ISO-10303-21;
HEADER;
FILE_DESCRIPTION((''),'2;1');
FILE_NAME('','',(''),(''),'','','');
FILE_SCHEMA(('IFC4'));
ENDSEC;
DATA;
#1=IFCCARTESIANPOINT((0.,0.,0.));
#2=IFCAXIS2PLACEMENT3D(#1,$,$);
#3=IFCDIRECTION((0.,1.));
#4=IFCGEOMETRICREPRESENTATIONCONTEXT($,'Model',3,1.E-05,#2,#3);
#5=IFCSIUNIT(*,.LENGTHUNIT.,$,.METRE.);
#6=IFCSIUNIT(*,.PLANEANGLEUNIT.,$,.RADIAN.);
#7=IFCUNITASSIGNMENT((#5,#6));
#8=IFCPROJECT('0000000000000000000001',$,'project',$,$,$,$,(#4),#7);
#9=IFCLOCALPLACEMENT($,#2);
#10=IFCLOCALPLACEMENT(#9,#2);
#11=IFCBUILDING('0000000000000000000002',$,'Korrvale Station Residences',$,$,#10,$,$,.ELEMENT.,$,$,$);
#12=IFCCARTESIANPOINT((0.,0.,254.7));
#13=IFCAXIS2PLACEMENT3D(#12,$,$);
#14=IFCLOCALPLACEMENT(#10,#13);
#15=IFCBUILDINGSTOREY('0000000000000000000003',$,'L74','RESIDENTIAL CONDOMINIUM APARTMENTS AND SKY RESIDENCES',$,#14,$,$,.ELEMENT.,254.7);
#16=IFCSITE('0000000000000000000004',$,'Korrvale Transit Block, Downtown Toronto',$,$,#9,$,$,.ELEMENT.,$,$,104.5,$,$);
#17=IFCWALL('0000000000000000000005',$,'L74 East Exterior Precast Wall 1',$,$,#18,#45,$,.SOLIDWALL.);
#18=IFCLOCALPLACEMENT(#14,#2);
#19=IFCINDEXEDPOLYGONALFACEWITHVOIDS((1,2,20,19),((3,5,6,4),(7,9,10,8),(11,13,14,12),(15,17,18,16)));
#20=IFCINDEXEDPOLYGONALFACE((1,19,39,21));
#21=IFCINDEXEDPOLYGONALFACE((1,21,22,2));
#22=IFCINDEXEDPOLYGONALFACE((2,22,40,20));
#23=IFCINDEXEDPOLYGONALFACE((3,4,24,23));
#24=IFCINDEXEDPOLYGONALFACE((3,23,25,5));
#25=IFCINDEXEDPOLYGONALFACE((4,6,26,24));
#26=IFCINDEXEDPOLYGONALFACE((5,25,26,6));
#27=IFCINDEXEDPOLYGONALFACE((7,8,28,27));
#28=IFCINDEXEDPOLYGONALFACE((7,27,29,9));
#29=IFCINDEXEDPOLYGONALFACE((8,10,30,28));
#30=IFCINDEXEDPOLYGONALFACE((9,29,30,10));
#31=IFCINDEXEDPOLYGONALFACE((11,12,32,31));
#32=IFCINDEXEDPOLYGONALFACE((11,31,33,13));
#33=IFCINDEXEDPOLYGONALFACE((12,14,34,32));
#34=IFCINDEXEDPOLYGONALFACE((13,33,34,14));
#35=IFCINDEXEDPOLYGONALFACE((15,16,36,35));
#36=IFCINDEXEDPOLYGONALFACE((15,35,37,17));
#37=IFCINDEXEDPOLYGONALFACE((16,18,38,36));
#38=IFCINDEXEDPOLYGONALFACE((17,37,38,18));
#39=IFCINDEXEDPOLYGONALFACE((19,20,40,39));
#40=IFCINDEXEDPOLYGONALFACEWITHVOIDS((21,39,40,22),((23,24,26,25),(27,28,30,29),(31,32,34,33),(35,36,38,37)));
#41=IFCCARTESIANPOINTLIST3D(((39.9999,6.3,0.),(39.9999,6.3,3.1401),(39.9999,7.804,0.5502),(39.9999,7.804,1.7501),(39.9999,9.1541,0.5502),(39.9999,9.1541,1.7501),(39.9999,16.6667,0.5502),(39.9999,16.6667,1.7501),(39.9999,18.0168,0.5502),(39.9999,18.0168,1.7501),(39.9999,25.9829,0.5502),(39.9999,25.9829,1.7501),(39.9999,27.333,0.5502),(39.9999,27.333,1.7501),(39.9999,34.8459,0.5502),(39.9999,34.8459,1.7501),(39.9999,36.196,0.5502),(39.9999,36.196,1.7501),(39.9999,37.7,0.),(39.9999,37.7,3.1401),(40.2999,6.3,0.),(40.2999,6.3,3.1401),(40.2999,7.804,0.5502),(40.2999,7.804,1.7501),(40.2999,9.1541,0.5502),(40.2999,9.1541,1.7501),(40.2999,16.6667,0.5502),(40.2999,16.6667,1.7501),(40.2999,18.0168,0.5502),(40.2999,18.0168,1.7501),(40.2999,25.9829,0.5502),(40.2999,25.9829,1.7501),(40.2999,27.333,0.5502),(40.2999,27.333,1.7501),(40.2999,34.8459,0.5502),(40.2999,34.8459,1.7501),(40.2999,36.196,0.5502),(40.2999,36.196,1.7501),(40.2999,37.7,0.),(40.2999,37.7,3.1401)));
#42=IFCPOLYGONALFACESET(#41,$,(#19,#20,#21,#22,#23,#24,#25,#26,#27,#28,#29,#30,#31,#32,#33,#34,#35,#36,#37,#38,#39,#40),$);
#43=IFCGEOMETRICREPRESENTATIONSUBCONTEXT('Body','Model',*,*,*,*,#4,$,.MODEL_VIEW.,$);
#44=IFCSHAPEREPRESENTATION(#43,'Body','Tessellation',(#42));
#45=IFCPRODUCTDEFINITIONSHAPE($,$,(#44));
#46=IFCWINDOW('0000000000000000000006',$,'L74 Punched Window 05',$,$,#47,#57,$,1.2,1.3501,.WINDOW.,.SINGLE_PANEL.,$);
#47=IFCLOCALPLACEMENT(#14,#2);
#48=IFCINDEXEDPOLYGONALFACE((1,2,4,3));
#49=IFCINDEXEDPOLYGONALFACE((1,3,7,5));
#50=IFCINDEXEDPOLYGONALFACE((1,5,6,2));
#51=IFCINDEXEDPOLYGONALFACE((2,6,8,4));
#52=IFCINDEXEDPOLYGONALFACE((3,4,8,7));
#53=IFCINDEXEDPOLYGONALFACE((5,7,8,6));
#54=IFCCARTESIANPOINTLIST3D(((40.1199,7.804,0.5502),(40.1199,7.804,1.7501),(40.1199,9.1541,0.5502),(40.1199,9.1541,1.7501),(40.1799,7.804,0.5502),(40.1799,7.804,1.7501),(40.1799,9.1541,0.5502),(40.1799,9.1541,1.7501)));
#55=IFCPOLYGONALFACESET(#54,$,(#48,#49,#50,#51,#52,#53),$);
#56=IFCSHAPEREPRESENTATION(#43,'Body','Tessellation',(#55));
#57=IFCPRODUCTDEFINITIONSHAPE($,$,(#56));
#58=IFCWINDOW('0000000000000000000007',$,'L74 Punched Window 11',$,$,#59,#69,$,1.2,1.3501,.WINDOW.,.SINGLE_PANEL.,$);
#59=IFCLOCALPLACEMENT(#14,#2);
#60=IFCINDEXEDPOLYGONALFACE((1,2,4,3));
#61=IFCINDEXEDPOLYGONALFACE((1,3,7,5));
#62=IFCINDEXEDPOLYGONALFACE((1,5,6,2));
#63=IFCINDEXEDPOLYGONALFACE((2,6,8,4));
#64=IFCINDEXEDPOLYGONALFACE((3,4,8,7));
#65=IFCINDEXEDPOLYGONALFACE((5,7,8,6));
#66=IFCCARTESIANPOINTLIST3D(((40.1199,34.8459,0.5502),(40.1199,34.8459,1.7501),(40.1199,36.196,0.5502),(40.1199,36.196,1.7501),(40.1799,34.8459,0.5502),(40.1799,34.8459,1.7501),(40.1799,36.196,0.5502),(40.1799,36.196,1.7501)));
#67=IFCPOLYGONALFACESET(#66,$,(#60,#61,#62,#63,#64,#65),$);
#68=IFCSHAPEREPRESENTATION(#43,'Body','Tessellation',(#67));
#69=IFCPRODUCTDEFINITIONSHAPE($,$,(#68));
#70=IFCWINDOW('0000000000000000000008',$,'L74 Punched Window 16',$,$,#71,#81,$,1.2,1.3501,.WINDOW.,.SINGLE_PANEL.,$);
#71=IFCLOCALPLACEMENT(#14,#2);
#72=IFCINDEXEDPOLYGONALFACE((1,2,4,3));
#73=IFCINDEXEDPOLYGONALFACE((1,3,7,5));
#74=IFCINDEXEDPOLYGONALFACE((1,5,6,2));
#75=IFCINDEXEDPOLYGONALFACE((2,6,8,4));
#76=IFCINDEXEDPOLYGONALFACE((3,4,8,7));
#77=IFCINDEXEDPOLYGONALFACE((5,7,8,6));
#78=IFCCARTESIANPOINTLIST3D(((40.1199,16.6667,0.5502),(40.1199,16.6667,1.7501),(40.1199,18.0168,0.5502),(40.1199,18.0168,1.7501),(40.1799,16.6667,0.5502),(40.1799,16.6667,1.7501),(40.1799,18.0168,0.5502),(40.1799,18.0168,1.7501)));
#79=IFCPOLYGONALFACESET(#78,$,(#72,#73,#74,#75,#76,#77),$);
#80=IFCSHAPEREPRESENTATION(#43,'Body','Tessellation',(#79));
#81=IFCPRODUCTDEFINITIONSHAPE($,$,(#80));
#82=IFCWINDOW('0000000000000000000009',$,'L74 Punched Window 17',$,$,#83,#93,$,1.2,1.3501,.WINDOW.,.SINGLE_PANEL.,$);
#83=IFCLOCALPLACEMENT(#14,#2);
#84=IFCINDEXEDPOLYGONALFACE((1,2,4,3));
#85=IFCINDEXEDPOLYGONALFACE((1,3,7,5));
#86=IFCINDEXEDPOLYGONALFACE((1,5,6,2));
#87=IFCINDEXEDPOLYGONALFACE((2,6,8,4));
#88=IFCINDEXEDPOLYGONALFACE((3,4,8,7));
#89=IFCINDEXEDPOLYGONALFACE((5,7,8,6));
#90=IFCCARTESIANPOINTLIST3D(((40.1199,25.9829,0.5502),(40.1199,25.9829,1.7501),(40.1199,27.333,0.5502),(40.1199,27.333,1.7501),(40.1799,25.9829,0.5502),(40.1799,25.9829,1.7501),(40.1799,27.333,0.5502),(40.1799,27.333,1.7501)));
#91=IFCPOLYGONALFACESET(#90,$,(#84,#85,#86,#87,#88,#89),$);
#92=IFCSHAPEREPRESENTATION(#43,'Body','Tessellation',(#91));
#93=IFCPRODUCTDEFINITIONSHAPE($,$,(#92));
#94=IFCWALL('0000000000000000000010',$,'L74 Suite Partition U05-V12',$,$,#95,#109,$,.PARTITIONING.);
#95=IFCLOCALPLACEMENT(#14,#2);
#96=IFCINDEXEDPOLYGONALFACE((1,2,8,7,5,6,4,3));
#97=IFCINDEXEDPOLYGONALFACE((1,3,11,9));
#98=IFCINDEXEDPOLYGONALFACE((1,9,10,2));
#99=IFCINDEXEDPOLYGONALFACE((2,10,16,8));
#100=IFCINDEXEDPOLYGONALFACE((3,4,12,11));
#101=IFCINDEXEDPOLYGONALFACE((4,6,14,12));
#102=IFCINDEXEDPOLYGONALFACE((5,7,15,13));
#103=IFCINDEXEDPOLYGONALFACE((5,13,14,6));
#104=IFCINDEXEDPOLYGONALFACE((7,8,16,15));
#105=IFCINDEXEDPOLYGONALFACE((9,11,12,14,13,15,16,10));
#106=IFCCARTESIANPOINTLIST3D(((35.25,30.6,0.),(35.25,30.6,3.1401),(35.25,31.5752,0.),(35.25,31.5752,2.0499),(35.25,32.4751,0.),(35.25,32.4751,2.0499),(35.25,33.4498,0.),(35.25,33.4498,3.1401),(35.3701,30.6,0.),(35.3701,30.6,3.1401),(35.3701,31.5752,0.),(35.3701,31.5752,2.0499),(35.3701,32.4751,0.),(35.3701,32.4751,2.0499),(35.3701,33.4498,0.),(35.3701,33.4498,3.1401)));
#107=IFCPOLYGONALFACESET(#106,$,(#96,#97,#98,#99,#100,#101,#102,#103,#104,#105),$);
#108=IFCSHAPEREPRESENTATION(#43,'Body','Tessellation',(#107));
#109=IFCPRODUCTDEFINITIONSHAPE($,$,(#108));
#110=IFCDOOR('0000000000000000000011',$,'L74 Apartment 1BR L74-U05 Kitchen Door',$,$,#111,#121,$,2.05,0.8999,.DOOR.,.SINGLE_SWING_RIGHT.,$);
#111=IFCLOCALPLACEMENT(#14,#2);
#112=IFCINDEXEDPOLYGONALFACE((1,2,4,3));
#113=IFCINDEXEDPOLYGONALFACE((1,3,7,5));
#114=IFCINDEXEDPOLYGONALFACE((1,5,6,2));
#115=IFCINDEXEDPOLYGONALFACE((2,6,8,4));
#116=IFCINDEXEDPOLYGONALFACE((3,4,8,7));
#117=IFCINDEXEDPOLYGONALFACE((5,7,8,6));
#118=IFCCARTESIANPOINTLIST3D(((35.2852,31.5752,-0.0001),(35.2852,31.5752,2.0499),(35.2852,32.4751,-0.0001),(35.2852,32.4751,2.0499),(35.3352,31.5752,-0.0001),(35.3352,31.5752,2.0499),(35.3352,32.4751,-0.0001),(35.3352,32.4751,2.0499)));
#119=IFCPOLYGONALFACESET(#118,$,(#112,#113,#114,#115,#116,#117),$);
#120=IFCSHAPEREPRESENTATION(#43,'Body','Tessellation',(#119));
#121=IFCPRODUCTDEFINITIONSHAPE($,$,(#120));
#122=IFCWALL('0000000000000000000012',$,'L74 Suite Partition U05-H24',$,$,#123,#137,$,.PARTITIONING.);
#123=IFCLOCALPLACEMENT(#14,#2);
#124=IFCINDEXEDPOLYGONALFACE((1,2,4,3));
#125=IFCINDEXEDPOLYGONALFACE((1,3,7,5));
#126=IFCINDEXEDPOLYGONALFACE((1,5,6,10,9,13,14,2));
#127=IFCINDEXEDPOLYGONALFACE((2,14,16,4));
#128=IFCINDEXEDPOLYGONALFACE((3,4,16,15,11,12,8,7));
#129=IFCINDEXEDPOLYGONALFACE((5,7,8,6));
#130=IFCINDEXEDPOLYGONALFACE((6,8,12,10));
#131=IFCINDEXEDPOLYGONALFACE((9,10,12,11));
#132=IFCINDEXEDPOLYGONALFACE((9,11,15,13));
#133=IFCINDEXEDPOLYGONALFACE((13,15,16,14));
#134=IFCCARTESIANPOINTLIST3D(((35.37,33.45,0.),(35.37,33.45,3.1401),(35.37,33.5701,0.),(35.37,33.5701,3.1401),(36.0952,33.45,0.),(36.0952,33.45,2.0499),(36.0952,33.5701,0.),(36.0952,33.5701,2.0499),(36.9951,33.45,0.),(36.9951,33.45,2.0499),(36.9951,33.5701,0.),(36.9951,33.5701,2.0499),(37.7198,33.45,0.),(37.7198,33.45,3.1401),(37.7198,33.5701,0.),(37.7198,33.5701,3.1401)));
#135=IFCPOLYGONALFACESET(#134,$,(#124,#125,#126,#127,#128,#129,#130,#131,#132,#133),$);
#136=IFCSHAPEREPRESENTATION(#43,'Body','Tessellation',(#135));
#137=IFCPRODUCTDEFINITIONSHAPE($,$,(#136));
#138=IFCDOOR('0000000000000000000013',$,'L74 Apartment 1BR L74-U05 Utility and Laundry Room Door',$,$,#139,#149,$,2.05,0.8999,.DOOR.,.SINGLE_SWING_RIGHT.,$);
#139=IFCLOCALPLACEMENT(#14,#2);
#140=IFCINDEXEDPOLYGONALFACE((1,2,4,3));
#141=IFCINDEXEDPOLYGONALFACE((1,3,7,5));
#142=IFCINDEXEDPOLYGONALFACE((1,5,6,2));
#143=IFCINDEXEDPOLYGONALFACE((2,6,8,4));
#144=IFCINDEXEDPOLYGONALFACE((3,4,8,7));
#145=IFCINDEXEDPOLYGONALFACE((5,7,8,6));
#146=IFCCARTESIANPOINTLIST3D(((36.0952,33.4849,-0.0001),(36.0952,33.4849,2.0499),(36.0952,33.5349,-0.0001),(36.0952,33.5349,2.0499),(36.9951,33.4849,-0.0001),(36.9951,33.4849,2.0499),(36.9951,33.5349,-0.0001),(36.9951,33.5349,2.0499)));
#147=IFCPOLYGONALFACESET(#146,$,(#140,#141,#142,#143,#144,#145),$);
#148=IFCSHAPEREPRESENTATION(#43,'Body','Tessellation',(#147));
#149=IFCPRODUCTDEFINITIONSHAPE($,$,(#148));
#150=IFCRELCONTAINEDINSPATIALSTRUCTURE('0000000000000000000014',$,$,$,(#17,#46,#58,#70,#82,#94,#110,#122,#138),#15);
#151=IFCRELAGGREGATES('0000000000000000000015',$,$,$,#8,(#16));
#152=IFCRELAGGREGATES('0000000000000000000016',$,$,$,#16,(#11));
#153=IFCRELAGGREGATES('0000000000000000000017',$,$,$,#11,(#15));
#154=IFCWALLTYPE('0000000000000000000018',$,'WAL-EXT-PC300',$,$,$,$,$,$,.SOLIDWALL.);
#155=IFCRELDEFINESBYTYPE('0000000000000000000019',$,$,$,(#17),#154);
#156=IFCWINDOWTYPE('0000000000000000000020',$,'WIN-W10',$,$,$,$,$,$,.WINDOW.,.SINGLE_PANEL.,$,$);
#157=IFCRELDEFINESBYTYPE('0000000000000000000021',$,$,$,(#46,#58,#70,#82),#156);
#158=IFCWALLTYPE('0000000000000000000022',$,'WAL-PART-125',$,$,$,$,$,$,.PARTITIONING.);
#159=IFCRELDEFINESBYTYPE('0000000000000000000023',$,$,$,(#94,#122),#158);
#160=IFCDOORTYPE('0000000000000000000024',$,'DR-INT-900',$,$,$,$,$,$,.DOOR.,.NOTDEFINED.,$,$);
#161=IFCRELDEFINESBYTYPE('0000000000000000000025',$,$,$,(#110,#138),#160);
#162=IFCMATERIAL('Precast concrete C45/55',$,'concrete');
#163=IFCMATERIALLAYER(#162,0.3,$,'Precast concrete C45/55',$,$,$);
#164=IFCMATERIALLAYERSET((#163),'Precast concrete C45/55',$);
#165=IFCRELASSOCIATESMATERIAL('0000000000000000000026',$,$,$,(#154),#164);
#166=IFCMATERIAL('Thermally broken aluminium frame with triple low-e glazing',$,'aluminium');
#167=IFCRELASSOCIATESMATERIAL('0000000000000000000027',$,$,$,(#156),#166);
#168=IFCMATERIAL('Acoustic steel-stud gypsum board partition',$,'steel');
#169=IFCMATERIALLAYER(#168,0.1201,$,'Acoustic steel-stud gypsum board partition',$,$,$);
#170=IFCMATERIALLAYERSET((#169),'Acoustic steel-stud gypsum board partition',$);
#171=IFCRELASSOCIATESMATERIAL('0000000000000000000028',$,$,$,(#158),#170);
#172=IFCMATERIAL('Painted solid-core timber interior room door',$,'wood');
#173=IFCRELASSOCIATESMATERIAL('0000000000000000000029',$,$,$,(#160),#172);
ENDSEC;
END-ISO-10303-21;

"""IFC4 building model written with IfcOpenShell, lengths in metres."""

from ifc_helpers import new_model, si_unit, direction, frame, frame_2d, origin, place, context, subcontext, project, spatial, rectangle, extrude, material, layer, layer_set, type_object, element, fill, save


model = new_model("IFC4")

# Units and contexts
model_context = context("Model", 3, precision=1e-05, world=origin(), true_north=direction((0.0, 1.0)))
body_context = subcontext(model_context, "Body", "Model", "MODEL_VIEW")
ifc_project = project(units=[si_unit("LENGTHUNIT", "METRE"), si_unit("PLANEANGLEUNIT", "RADIAN")], contexts=[model_context])

# Site, building, storey
site_placement = place(None, origin())
site = spatial("IfcSite", under=ifc_project, at=site_placement, Name="Korrvale Transit Block, Downtown Toronto", CompositionType="ELEMENT", RefElevation=104.5)
building_placement = place(site_placement, origin())
building = spatial("IfcBuilding", under=site, at=building_placement, Name="Korrvale Station Residences", CompositionType="ELEMENT")
storey_placement = place(building_placement, frame((0.0, 0.0, 254.7)))
storey = spatial("IfcBuildingStorey", under=building, at=storey_placement, Name="L74", Description="RESIDENTIAL CONDOMINIUM APARTMENTS AND SKY RESIDENCES", CompositionType="ELEMENT", Elevation=254.7)

# Shared definitions
ifc_material_1 = material(Name="Precast concrete C45/55", Category="concrete")
ifc_layer_1 = layer(ifc_material_1, 0.3, Name="Precast concrete C45/55")
ifc_layer_set_1 = layer_set([ifc_layer_1], Name="Precast concrete C45/55")
wall_type_1 = type_object("IfcWallType", Name="WAL-EXT-PC300", PredefinedType="SOLIDWALL", material=ifc_layer_set_1)

# Wall, openings, windows
wall_1_placement = place(storey_placement, frame((40.1499, 37.7, 0.0), z_axis=(0.0, 0.0, 1.0), x_axis=(0.0, -1.0, 0.0)))
wall_1 = element("IfcWall", 1, at=wall_1_placement, inside=storey, type_object=wall_type_1, Name="L74 East Exterior Precast Wall 1", PredefinedType="SOLIDWALL", context=body_context, shape_type="SweptSolid", body=[
    extrude(rectangle(XDim=31.3999, YDim=0.3, at=frame_2d((15.7, 0.0))), origin(), (0.0, 0.0, 1.0), 3.1401),
])
opening_1_placement = place(wall_1_placement, frame((28.5459, 0.0, 0.55)))
opening_1 = element("IfcOpeningElement", 2, at=opening_1_placement, cuts=wall_1, PredefinedType="OPENING", context=body_context, shape_type="SweptSolid", body=[
    extrude(rectangle(XDim=1.3501, YDim=1.2, at=frame_2d((0.675, 0.6001))), frame((0.0, 0.1602, 0.0), z_axis=(0.0, -1.0, 0.0), x_axis=(1.0, 0.0, 0.0)), (0.0, 0.0, 1.0), 0.3201),
])
opening_2_placement = place(wall_1_placement, frame((1.5039, 0.0, 0.55)))
opening_2 = element("IfcOpeningElement", 3, at=opening_2_placement, cuts=wall_1, PredefinedType="OPENING", context=body_context, shape_type="SweptSolid", body=[
    extrude(rectangle(XDim=1.3501, YDim=1.2, at=frame_2d((0.675, 0.6001))), frame((0.0, 0.1602, 0.0), z_axis=(0.0, -1.0, 0.0), x_axis=(1.0, 0.0, 0.0)), (0.0, 0.0, 1.0), 0.3201),
])
opening_3_placement = place(wall_1_placement, frame((19.6831, 0.0, 0.55)))
opening_3 = element("IfcOpeningElement", 4, at=opening_3_placement, cuts=wall_1, PredefinedType="OPENING", context=body_context, shape_type="SweptSolid", body=[
    extrude(rectangle(XDim=1.3501, YDim=1.2, at=frame_2d((0.675, 0.6001))), frame((0.0, 0.1602, 0.0), z_axis=(0.0, -1.0, 0.0), x_axis=(1.0, 0.0, 0.0)), (0.0, 0.0, 1.0), 0.3201),
])
opening_4_placement = place(wall_1_placement, frame((10.3669, 0.0, 0.55)))
opening_4 = element("IfcOpeningElement", 5, at=opening_4_placement, cuts=wall_1, PredefinedType="OPENING", context=body_context, shape_type="SweptSolid", body=[
    extrude(rectangle(XDim=1.3501, YDim=1.2, at=frame_2d((0.675, 0.6001))), frame((0.0, 0.1602, 0.0), z_axis=(0.0, -1.0, 0.0), x_axis=(1.0, 0.0, 0.0)), (0.0, 0.0, 1.0), 0.3201),
])
ifc_material_2 = material(Name="Thermally broken aluminium frame with triple low-e glazing", Category="aluminium")
window_type = type_object("IfcWindowType", Name="WIN-W10", PartitioningType="SINGLE_PANEL", PredefinedType="WINDOW", material=ifc_material_2)
window_1_placement = place(opening_1_placement, origin())
window_1 = element("IfcWindow", 6, at=window_1_placement, inside=storey, type_object=window_type, Name="L74 Punched Window 05", OverallHeight=1.2, OverallWidth=1.3501, PartitioningType="SINGLE_PANEL", PredefinedType="WINDOW", context=body_context, shape_type="SweptSolid", body=[
    extrude(rectangle(XDim=1.3501, YDim=1.2, at=frame_2d((0.675, 0.6001))), frame((0.0, 0.03, 0.0), z_axis=(0.0, -1.0, 0.0), x_axis=(1.0, 0.0, 0.0)), (0.0, 0.0, 1.0), 0.0601),
])
fill(opening_1, window_1)
window_2_placement = place(opening_2_placement, origin())
window_2 = element("IfcWindow", 7, at=window_2_placement, inside=storey, type_object=window_type, Name="L74 Punched Window 11", OverallHeight=1.2, OverallWidth=1.3501, PartitioningType="SINGLE_PANEL", PredefinedType="WINDOW", context=body_context, shape_type="SweptSolid", body=[
    extrude(rectangle(XDim=1.3501, YDim=1.2, at=frame_2d((0.675, 0.6001))), frame((0.0, 0.03, 0.0), z_axis=(0.0, -1.0, 0.0), x_axis=(1.0, 0.0, 0.0)), (0.0, 0.0, 1.0), 0.0601),
])
fill(opening_2, window_2)
window_3_placement = place(opening_3_placement, origin())
window_3 = element("IfcWindow", 8, at=window_3_placement, inside=storey, type_object=window_type, Name="L74 Punched Window 16", OverallHeight=1.2, OverallWidth=1.3501, PartitioningType="SINGLE_PANEL", PredefinedType="WINDOW", context=body_context, shape_type="SweptSolid", body=[
    extrude(rectangle(XDim=1.3501, YDim=1.2, at=frame_2d((0.675, 0.6001))), frame((0.0, 0.03, 0.0), z_axis=(0.0, -1.0, 0.0), x_axis=(1.0, 0.0, 0.0)), (0.0, 0.0, 1.0), 0.0601),
])
fill(opening_3, window_3)
window_4_placement = place(opening_4_placement, origin())
window_4 = element("IfcWindow", 9, at=window_4_placement, inside=storey, type_object=window_type, Name="L74 Punched Window 17", OverallHeight=1.2, OverallWidth=1.3501, PartitioningType="SINGLE_PANEL", PredefinedType="WINDOW", context=body_context, shape_type="SweptSolid", body=[
    extrude(rectangle(XDim=1.3501, YDim=1.2, at=frame_2d((0.675, 0.6001))), frame((0.0, 0.03, 0.0), z_axis=(0.0, -1.0, 0.0), x_axis=(1.0, 0.0, 0.0)), (0.0, 0.0, 1.0), 0.0601),
])
fill(opening_4, window_4)

# Walls, openings, doors
ifc_material_3 = material(Name="Acoustic steel-stud gypsum board partition", Category="steel")
ifc_layer_2 = layer(ifc_material_3, 0.1201, Name="Acoustic steel-stud gypsum board partition")
ifc_layer_set_2 = layer_set([ifc_layer_2], Name="Acoustic steel-stud gypsum board partition")
wall_type_2 = type_object("IfcWallType", Name="WAL-PART-125", PredefinedType="PARTITIONING", material=ifc_layer_set_2)
wall_2_placement = place(storey_placement, frame((35.3101, 30.6001, 0.0), z_axis=(0.0, 0.0, 1.0), x_axis=(0.0, 1.0, 0.0)))
wall_2 = element("IfcWall", 10, at=wall_2_placement, inside=storey, type_object=wall_type_2, Name="L74 Suite Partition U05-V12", PredefinedType="PARTITIONING", context=body_context, shape_type="SweptSolid", body=[
    extrude(rectangle(XDim=2.8499, YDim=0.1201, at=frame_2d((1.4248, 0.0))), origin(), (0.0, 0.0, 1.0), 3.1401),
])
opening_5_placement = place(wall_2_placement, frame((0.9751, 0.0, 0.0)))
opening_5 = element("IfcOpeningElement", 11, at=opening_5_placement, cuts=wall_2, PredefinedType="OPENING", context=body_context, shape_type="SweptSolid", body=[
    extrude(rectangle(XDim=0.8999, YDim=2.05, at=frame_2d((0.45, 1.0249))), frame((0.0, 0.0701, 0.0), z_axis=(0.0, -1.0, 0.0), x_axis=(1.0, 0.0, 0.0)), (0.0, 0.0, 1.0), 0.1401),
])
ifc_material_4 = material(Name="Painted solid-core timber interior room door", Category="wood")
door_type = type_object("IfcDoorType", Name="DR-INT-900", OperationType="NOTDEFINED", PredefinedType="DOOR", material=ifc_material_4)
door_1_placement = place(opening_5_placement, origin())
door_1 = element("IfcDoor", 12, at=door_1_placement, inside=storey, type_object=door_type, Name="L74 Apartment 1BR L74-U05 Kitchen Door", OperationType="SINGLE_SWING_RIGHT", OverallHeight=2.05, OverallWidth=0.8999, PredefinedType="DOOR", context=body_context, shape_type="SweptSolid", body=[
    extrude(rectangle(XDim=0.8999, YDim=2.05, at=frame_2d((0.45, 1.0249))), frame((0.0, 0.0249, 0.0), z_axis=(0.0, -1.0, 0.0), x_axis=(1.0, 0.0, 0.0)), (0.0, 0.0, 1.0), 0.05),
])
fill(opening_5, door_1)
wall_3_placement = place(storey_placement, frame((35.3701, 33.51, 0.0), z_axis=(0.0, 0.0, 1.0), x_axis=(1.0, 0.0, 0.0)))
wall_3 = element("IfcWall", 13, at=wall_3_placement, inside=storey, type_object=wall_type_2, Name="L74 Suite Partition U05-H24", PredefinedType="PARTITIONING", context=body_context, shape_type="SweptSolid", body=[
    extrude(rectangle(XDim=2.3499, YDim=0.1201, at=frame_2d((1.1748, 0.0))), origin(), (0.0, 0.0, 1.0), 3.1401),
])
opening_6_placement = place(wall_3_placement, frame((0.7251, 0.0, 0.0)))
opening_6 = element("IfcOpeningElement", 14, at=opening_6_placement, cuts=wall_3, PredefinedType="OPENING", context=body_context, shape_type="SweptSolid", body=[
    extrude(rectangle(XDim=0.8999, YDim=2.05, at=frame_2d((0.45, 1.0249))), frame((0.0, 0.0701, 0.0), z_axis=(0.0, -1.0, 0.0), x_axis=(1.0, 0.0, 0.0)), (0.0, 0.0, 1.0), 0.1401),
])
door_2_placement = place(opening_6_placement, origin())
door_2 = element("IfcDoor", 15, at=door_2_placement, inside=storey, type_object=door_type, Name="L74 Apartment 1BR L74-U05 Utility and Laundry Room Door", OperationType="SINGLE_SWING_RIGHT", OverallHeight=2.05, OverallWidth=0.8999, PredefinedType="DOOR", context=body_context, shape_type="SweptSolid", body=[
    extrude(rectangle(XDim=0.8999, YDim=2.05, at=frame_2d((0.45, 1.0249))), frame((0.0, 0.0249, 0.0), z_axis=(0.0, -1.0, 0.0), x_axis=(1.0, 0.0, 0.0)), (0.0, 0.0, 1.0), 0.05),
])
fill(opening_6, door_2)

save(model, "model.ifc")
